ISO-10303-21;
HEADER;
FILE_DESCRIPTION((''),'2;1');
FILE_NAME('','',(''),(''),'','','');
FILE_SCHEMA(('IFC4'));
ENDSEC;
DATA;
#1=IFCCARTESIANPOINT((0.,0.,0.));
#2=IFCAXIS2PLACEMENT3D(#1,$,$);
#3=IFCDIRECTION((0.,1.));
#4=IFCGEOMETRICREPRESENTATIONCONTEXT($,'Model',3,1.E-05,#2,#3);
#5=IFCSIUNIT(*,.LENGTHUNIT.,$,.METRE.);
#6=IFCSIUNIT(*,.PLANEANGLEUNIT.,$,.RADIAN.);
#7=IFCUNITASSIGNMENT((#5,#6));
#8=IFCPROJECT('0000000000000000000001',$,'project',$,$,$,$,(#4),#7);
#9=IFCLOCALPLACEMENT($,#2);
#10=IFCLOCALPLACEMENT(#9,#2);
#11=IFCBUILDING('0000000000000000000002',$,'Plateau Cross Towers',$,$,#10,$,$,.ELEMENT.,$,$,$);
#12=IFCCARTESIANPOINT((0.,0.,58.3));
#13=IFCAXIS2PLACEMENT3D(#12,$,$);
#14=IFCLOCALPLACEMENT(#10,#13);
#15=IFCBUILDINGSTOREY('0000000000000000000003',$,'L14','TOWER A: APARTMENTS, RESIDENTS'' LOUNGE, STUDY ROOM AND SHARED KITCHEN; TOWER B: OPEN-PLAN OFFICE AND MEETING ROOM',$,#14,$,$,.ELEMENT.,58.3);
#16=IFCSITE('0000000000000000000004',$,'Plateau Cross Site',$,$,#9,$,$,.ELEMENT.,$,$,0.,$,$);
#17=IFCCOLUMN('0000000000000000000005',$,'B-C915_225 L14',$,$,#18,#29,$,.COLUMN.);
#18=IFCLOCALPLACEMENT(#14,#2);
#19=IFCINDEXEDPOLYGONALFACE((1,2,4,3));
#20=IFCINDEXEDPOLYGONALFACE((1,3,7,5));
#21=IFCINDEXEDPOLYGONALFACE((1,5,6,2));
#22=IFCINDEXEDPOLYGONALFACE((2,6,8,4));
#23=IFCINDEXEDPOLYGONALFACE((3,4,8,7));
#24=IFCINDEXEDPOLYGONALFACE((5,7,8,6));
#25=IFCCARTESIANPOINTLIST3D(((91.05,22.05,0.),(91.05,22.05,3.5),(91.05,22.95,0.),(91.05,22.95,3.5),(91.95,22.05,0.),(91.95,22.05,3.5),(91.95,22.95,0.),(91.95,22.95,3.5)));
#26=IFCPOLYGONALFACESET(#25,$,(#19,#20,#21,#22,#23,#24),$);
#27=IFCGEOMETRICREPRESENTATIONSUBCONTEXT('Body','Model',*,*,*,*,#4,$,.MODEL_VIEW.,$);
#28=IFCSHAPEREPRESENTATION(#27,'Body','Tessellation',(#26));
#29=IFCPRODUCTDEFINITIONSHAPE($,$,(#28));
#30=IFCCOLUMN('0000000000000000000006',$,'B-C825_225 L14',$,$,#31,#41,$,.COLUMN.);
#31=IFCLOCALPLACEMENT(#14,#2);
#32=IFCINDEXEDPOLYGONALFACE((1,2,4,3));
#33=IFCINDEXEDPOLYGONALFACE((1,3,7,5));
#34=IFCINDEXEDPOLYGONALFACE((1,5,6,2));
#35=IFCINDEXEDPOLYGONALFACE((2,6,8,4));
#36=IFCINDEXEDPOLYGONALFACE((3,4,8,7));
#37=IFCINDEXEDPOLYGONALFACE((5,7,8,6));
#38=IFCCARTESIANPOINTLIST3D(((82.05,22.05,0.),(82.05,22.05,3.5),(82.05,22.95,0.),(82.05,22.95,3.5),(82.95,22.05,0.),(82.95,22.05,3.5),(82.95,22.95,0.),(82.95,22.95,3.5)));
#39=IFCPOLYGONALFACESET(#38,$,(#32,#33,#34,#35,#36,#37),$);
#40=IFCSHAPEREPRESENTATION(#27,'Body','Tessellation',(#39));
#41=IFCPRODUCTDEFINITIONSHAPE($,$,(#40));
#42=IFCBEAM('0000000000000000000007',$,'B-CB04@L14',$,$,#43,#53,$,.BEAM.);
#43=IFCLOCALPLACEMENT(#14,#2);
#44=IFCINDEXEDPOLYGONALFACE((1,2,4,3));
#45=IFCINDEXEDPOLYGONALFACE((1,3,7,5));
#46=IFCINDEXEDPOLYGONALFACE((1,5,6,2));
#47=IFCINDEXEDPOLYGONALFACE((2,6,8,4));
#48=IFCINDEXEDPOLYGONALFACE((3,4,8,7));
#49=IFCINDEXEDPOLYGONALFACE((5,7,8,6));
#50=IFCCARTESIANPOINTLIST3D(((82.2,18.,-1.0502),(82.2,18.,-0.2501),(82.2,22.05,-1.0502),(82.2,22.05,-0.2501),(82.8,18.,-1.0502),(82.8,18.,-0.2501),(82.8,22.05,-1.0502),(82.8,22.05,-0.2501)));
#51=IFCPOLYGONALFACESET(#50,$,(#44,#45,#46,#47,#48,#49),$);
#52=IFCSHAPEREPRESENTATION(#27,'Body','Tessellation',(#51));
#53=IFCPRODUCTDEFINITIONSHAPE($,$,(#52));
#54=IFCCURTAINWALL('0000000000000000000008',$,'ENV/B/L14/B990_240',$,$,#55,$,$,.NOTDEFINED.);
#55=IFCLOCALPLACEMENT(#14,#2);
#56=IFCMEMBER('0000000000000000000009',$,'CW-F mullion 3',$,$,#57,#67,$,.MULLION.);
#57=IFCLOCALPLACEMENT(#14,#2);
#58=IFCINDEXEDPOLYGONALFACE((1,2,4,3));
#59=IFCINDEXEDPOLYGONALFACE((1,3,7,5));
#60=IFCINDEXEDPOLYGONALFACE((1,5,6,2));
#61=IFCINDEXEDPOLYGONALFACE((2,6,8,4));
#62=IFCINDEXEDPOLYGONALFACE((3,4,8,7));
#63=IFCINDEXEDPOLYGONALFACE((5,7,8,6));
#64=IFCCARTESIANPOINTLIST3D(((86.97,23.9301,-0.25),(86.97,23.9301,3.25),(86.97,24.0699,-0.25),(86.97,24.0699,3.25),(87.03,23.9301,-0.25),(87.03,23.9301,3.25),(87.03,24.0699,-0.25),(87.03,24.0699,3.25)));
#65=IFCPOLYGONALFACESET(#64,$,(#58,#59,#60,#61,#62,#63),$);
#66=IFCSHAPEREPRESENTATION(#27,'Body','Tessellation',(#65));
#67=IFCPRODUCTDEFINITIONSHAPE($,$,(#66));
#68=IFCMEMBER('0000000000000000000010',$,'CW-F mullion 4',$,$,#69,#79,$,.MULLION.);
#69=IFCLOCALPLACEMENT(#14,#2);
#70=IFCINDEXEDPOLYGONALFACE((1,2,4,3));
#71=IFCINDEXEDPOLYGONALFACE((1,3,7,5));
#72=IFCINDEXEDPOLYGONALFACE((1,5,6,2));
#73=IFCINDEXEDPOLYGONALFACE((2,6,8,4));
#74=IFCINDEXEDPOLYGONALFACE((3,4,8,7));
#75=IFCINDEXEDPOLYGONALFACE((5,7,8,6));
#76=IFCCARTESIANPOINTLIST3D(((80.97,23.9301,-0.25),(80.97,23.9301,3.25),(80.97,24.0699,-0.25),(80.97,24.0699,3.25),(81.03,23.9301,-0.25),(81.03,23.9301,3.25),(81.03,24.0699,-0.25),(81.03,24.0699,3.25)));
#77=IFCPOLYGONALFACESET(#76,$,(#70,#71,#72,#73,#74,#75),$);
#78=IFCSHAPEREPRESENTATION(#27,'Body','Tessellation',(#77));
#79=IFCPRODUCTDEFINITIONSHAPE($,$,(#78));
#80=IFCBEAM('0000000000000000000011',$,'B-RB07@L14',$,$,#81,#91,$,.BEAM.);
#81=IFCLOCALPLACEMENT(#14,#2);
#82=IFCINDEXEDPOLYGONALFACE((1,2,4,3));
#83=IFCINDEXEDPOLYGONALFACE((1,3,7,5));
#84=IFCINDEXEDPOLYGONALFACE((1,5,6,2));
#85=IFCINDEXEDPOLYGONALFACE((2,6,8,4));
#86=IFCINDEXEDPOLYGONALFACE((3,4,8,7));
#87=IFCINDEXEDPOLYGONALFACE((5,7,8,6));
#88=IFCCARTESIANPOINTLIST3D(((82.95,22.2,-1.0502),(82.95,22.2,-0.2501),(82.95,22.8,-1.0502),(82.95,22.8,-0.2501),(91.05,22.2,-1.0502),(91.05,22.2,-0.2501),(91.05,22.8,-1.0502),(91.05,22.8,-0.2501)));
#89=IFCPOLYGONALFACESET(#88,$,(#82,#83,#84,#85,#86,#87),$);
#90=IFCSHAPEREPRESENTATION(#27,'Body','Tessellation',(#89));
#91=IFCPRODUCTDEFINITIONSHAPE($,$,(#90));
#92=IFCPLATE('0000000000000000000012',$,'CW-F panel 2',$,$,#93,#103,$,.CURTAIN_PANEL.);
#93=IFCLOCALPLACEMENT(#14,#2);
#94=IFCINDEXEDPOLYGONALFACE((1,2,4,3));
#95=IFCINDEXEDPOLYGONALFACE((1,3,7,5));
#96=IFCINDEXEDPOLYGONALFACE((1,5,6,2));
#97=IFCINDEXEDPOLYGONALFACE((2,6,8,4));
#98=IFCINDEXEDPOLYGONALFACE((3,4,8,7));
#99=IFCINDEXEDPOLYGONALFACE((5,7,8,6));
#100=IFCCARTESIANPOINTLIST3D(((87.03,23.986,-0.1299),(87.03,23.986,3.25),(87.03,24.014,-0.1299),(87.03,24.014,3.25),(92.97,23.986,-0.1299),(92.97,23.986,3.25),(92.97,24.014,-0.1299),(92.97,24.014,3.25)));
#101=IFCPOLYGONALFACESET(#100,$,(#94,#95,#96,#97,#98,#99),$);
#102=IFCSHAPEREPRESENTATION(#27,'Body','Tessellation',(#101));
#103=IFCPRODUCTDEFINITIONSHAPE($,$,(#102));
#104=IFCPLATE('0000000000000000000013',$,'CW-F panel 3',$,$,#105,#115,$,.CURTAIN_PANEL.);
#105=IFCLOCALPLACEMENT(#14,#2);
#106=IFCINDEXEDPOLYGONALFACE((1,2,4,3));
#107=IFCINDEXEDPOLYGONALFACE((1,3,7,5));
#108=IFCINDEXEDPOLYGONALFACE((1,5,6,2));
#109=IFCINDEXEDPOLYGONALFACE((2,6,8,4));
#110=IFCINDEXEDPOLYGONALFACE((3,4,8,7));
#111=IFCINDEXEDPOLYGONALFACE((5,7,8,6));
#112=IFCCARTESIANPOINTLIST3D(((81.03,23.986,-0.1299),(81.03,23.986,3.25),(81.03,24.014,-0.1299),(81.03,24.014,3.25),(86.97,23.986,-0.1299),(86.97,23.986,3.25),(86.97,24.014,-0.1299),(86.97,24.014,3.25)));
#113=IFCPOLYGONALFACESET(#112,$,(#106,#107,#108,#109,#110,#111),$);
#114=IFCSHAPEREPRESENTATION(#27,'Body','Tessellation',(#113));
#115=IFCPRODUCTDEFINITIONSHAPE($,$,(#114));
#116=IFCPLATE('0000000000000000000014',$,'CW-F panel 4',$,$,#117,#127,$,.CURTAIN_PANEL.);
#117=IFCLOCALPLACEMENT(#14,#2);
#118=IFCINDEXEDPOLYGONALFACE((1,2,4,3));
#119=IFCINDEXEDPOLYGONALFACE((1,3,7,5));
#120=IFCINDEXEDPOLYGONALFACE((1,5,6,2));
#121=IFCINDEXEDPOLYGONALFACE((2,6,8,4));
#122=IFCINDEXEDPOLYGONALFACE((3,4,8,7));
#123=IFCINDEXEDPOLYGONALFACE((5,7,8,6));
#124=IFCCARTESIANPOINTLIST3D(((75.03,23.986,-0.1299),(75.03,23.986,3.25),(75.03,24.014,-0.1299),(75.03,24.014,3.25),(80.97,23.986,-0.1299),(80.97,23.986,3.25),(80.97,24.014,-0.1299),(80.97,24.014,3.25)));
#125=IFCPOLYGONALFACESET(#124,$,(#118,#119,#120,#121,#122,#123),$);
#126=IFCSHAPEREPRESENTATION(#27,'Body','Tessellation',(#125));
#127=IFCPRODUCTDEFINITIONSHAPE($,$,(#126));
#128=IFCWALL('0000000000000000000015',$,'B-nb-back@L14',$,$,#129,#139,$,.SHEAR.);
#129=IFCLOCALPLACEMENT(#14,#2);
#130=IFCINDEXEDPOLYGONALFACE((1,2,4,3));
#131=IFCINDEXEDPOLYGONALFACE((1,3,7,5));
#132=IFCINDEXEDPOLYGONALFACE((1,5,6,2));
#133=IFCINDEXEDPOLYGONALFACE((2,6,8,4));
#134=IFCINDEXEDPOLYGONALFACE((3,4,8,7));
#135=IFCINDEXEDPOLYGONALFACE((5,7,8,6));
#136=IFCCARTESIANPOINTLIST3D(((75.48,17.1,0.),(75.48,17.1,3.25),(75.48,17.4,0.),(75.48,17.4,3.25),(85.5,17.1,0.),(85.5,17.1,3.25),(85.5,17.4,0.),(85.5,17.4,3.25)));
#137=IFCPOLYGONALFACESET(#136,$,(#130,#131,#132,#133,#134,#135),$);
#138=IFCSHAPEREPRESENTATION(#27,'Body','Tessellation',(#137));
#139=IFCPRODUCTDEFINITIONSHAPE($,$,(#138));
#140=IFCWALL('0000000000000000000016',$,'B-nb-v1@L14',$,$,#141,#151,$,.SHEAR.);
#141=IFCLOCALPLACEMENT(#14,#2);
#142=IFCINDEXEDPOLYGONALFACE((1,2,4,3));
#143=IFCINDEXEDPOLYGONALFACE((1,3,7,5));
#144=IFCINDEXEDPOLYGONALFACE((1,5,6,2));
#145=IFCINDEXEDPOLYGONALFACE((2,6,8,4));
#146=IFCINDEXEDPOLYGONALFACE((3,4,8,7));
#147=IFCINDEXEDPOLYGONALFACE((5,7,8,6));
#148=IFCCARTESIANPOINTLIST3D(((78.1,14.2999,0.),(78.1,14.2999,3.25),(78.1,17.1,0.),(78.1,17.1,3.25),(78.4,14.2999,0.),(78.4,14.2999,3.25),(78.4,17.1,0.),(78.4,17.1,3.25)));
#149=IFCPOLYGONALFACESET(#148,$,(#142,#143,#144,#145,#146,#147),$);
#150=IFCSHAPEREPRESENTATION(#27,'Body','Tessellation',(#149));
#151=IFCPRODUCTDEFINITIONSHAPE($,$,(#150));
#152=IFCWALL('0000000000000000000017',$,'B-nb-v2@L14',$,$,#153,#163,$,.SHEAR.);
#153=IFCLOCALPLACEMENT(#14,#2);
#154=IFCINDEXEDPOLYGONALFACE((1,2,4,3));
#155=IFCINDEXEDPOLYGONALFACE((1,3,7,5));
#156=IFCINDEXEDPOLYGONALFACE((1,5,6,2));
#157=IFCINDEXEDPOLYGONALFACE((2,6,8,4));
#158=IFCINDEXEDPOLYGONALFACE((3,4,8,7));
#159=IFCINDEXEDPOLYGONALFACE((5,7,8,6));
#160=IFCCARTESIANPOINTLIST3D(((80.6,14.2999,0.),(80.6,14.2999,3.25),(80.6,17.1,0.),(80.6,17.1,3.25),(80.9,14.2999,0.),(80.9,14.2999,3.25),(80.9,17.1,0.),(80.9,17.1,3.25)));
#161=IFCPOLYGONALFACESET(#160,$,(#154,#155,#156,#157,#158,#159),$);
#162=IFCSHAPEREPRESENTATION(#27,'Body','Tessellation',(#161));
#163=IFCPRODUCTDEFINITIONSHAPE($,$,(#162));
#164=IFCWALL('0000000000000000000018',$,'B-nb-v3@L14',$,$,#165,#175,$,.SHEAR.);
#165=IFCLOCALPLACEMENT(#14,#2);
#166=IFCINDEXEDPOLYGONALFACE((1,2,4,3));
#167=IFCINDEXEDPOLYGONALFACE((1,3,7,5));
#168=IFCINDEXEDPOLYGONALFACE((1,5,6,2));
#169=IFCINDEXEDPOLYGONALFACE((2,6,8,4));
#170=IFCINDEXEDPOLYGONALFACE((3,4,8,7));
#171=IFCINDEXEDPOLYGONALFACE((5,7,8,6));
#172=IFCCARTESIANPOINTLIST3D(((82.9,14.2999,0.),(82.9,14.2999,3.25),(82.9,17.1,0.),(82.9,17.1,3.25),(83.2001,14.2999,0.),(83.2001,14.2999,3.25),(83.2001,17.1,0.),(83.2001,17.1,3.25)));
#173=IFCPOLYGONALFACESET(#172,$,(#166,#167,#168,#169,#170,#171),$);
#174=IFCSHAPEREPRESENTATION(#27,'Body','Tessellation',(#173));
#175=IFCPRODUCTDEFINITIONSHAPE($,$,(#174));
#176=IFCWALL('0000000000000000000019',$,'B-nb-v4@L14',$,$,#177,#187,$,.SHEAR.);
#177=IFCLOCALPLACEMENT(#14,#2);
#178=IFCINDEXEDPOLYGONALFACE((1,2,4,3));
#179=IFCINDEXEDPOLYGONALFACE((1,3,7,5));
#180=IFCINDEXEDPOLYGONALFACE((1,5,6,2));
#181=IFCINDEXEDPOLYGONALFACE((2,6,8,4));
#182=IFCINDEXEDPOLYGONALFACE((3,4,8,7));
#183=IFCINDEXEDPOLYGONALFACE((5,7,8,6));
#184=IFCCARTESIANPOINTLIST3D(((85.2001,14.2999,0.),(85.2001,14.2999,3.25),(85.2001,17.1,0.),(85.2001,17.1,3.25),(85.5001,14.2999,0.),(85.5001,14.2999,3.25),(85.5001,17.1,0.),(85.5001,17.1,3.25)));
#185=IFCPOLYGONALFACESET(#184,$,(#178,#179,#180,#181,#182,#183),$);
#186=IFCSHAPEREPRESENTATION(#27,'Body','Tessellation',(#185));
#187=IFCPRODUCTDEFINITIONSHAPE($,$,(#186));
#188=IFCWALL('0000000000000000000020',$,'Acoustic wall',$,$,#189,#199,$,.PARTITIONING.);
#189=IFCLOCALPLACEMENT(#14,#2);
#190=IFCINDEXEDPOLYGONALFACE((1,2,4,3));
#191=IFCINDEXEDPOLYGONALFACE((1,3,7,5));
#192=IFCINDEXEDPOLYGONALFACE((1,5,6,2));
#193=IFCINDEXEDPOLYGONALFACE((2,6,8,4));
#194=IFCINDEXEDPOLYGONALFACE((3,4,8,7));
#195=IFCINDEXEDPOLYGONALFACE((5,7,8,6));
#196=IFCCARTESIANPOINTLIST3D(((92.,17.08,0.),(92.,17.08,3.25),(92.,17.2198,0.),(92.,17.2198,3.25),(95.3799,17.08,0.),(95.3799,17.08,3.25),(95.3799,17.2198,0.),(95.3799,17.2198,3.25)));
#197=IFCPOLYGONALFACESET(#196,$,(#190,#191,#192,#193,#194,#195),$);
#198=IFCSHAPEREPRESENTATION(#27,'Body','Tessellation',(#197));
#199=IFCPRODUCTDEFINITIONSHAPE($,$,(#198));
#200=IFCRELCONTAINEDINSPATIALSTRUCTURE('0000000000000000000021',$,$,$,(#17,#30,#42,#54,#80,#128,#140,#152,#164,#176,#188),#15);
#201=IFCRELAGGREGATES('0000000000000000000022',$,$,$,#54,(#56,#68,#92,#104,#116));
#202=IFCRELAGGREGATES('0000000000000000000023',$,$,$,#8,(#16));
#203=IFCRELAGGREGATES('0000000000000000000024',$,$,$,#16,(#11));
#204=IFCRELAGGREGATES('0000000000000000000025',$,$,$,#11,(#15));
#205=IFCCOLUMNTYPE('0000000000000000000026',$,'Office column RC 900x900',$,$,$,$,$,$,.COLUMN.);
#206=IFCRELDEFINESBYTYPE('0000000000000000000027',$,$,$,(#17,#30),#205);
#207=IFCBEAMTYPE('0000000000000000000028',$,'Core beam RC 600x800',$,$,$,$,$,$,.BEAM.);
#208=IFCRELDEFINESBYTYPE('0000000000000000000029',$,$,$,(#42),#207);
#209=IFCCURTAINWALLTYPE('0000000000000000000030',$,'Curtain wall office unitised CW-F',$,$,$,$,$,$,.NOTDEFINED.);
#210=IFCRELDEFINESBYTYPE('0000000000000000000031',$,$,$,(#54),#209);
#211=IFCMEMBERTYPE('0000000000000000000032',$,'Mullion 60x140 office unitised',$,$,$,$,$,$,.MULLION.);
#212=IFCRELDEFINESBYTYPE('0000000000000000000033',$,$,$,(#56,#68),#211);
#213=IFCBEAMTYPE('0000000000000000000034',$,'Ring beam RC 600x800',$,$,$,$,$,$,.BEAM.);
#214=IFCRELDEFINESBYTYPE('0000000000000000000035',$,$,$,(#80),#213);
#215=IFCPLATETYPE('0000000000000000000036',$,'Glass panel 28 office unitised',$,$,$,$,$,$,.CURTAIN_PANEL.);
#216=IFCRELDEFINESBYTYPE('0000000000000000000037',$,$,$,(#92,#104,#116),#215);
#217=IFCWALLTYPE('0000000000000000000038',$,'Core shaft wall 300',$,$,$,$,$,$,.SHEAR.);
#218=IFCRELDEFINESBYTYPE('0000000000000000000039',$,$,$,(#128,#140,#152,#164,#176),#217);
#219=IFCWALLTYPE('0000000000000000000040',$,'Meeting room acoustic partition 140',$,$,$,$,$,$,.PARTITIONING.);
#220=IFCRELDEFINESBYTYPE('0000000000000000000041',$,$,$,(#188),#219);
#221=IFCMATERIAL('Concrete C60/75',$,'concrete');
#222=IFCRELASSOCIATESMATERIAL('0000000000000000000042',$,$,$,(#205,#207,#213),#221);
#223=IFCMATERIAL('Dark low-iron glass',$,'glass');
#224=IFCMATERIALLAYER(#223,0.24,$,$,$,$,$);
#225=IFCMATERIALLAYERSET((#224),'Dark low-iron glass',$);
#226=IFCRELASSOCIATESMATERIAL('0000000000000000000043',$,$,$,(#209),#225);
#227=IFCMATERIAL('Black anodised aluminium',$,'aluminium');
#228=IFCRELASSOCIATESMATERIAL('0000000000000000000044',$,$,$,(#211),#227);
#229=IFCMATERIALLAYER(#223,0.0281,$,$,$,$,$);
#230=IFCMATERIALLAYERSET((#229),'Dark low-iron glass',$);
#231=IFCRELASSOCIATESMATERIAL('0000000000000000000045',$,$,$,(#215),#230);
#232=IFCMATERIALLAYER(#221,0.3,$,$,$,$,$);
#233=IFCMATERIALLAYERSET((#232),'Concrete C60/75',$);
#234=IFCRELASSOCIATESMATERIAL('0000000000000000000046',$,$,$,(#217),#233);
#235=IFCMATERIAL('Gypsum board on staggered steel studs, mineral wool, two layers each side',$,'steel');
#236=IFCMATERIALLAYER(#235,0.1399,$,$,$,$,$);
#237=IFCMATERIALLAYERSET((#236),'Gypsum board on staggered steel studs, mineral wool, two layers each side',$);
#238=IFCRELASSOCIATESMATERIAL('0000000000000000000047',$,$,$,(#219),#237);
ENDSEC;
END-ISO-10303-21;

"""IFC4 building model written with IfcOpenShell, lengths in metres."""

from ifc_helpers import new_model, si_unit, direction, frame, frame_2d, origin, origin_2d, place, context, subcontext, project, spatial, rectangle, extrude, material, layer, layer_set, material_profile, profile_set, type_object, element, aggregate, save


model = new_model("IFC4")

# Units and contexts
model_context = context("Model", 3, precision=1e-05, world=origin(), true_north=direction((0.0, 1.0)))
body_context = subcontext(model_context, "Body", "Model", "MODEL_VIEW")
ifc_project = project(units=[si_unit("LENGTHUNIT", "METRE"), si_unit("PLANEANGLEUNIT", "RADIAN")], contexts=[model_context])

# Site, building, storey
site_placement = place(None, origin())
site = spatial("IfcSite", under=ifc_project, at=site_placement, Name="Plateau Cross Site", CompositionType="ELEMENT", RefElevation=0.0)
building_placement = place(site_placement, origin())
building = spatial("IfcBuilding", under=site, at=building_placement, Name="Plateau Cross Towers", CompositionType="ELEMENT")
storey_placement = place(building_placement, frame((0.0, 0.0, 58.3)))
storey = spatial("IfcBuildingStorey", under=building, at=storey_placement, Name="L14", Description="TOWER A: APARTMENTS, RESIDENTS' LOUNGE, STUDY ROOM AND SHARED KITCHEN; TOWER B: OPEN-PLAN OFFICE AND MEETING ROOM", CompositionType="ELEMENT", Elevation=58.3)

# Columns
ifc_material_1 = material(Name="Concrete C60/75", Category="concrete")
ifc_material_profile_1 = material_profile(ifc_material_1, rectangle(XDim=0.8999, YDim=0.8999, at=origin_2d()), Name="RC 900x900")
ifc_profile_set_1 = profile_set([ifc_material_profile_1], Name="Concrete C60/75")
column_type = type_object("IfcColumnType", Name="Office column RC 900x900", PredefinedType="COLUMN", material=ifc_profile_set_1)
for number, where, z_axis, x_axis, name in (
    (1, (91.5, 22.5, 0.0), (0.0, 0.0, 1.0), (1.0, 0.0, 0.0), "B-C915_225 L14"),
    (2, (82.5, 22.5, 0.0), (0.0, 0.0, 1.0), (1.0, 0.0, 0.0), "B-C825_225 L14"),
):
    element("IfcColumn", number, at=place(storey_placement, frame(where, z_axis=z_axis, x_axis=x_axis)), inside=storey, type_object=column_type, Name=name, PredefinedType="COLUMN", context=body_context, shape_type="SweptSolid", body=[
        extrude(rectangle(XDim=0.8999, YDim=0.8999, at=origin_2d()), origin(), (0.0, 0.0, 1.0), 3.5),
    ])

# Beam
ifc_material_profile_2 = material_profile(ifc_material_1, rectangle(XDim=0.6001, YDim=0.8, at=origin_2d()), Name="RC 600x800")
ifc_profile_set_2 = profile_set([ifc_material_profile_2], Name="Concrete C60/75")
beam_type_1 = type_object("IfcBeamType", Name="Core beam RC 600x800", PredefinedType="BEAM", material=ifc_profile_set_2)
beam_1_placement = place(storey_placement, frame((82.5, 18.0, -0.6501), z_axis=(0.0, 1.0, 0.0), x_axis=(-1.0, 0.0, 0.0)))
element("IfcBeam", 3, at=beam_1_placement, inside=storey, type_object=beam_type_1, Name="B-CB04@L14", PredefinedType="BEAM", context=body_context, shape_type="SweptSolid", body=[
    extrude(rectangle(XDim=0.6001, YDim=0.8, at=origin_2d()), origin(), (0.0, 0.0, 1.0), 4.05),
])

# Curtain wall, members
ifc_material_2 = material(Name="Dark low-iron glass", Category="glass")
ifc_layer_1 = layer(ifc_material_2, 0.24)
ifc_layer_set_1 = layer_set([ifc_layer_1], Name="Dark low-iron glass")
curtain_wall_type = type_object("IfcCurtainWallType", Name="Curtain wall office unitised CW-F", PredefinedType="NOTDEFINED", material=ifc_layer_set_1)
curtain_wall_placement = place(storey_placement, origin())
curtain_wall = element("IfcCurtainWall", 4, at=curtain_wall_placement, inside=storey, type_object=curtain_wall_type, Name="ENV/B/L14/B990_240", PredefinedType="NOTDEFINED")
ifc_material_3 = material(Name="Black anodised aluminium", Category="aluminium")
ifc_material_profile_3 = material_profile(ifc_material_3, rectangle(XDim=0.0601, YDim=0.1399, at=origin_2d()), Name="MULLION 60x140")
ifc_profile_set_3 = profile_set([ifc_material_profile_3], Name="Black anodised aluminium")
member_type = type_object("IfcMemberType", Name="Mullion 60x140 office unitised", PredefinedType="MULLION", material=ifc_profile_set_3)
member_1_placement = place(storey_placement, frame((87.0, 24.0, -0.25), z_axis=(0.0, 0.0, 1.0), x_axis=(-1.0, 0.0, 0.0)))
member_1 = element("IfcMember", 5, at=member_1_placement, type_object=member_type, Name="CW-F mullion 3", PredefinedType="MULLION", context=body_context, shape_type="SweptSolid", body=[
    extrude(rectangle(XDim=0.0601, YDim=0.1399, at=origin_2d()), origin(), (0.0, 0.0, 1.0), 3.5),
])
member_2_placement = place(storey_placement, frame((81.0, 24.0, -0.25), z_axis=(0.0, 0.0, 1.0), x_axis=(-1.0, 0.0, 0.0)))
member_2 = element("IfcMember", 6, at=member_2_placement, type_object=member_type, Name="CW-F mullion 4", PredefinedType="MULLION", context=body_context, shape_type="SweptSolid", body=[
    extrude(rectangle(XDim=0.0601, YDim=0.1399, at=origin_2d()), origin(), (0.0, 0.0, 1.0), 3.5),
])

# Beam
ifc_material_profile_4 = material_profile(ifc_material_1, rectangle(XDim=0.6001, YDim=0.8, at=origin_2d()), Name="RC 600x800")
ifc_profile_set_4 = profile_set([ifc_material_profile_4], Name="Concrete C60/75")
beam_type_2 = type_object("IfcBeamType", Name="Ring beam RC 600x800", PredefinedType="BEAM", material=ifc_profile_set_4)
beam_2_placement = place(storey_placement, frame((91.05, 22.5, -0.6501), z_axis=(-1.0, 0.0, 0.0), x_axis=(0.0, -1.0, 0.0)))
element("IfcBeam", 7, at=beam_2_placement, inside=storey, type_object=beam_type_2, Name="B-RB07@L14", PredefinedType="BEAM", context=body_context, shape_type="SweptSolid", body=[
    extrude(rectangle(XDim=0.6001, YDim=0.8, at=origin_2d()), origin(), (0.0, 0.0, 1.0), 8.1001),
])

# Plates
ifc_layer_2 = layer(ifc_material_2, 0.0281)
ifc_layer_set_2 = layer_set([ifc_layer_2], Name="Dark low-iron glass")
plate_type = type_object("IfcPlateType", Name="Glass panel 28 office unitised", PredefinedType="CURTAIN_PANEL", material=ifc_layer_set_2)
plate_1_placement = place(storey_placement, frame((90.0, 24.0, -0.1299), z_axis=(0.0, 0.0, 1.0), x_axis=(-1.0, 0.0, 0.0)))
plate_1 = element("IfcPlate", 8, at=plate_1_placement, type_object=plate_type, Name="CW-F panel 2", PredefinedType="CURTAIN_PANEL", context=body_context, shape_type="SweptSolid", body=[
    extrude(rectangle(XDim=5.9399, YDim=0.0281, at=origin_2d()), origin(), (0.0, 0.0, 1.0), 3.3799),
])
plate_2_placement = place(storey_placement, frame((84.0, 24.0, -0.1299), z_axis=(0.0, 0.0, 1.0), x_axis=(-1.0, 0.0, 0.0)))
plate_2 = element("IfcPlate", 9, at=plate_2_placement, type_object=plate_type, Name="CW-F panel 3", PredefinedType="CURTAIN_PANEL", context=body_context, shape_type="SweptSolid", body=[
    extrude(rectangle(XDim=5.9399, YDim=0.0281, at=origin_2d()), origin(), (0.0, 0.0, 1.0), 3.3799),
])
plate_3_placement = place(storey_placement, frame((78.0, 24.0, -0.1299), z_axis=(0.0, 0.0, 1.0), x_axis=(-1.0, 0.0, 0.0)))
plate_3 = element("IfcPlate", 10, at=plate_3_placement, type_object=plate_type, Name="CW-F panel 4", PredefinedType="CURTAIN_PANEL", context=body_context, shape_type="SweptSolid", body=[
    extrude(rectangle(XDim=5.9399, YDim=0.0281, at=origin_2d()), origin(), (0.0, 0.0, 1.0), 3.3799),
])
aggregate(curtain_wall, [member_1, member_2, plate_1, plate_2, plate_3])

# Walls
ifc_layer_3 = layer(ifc_material_1, 0.3)
ifc_layer_set_3 = layer_set([ifc_layer_3], Name="Concrete C60/75")
wall_type_1 = type_object("IfcWallType", Name="Core shaft wall 300", PredefinedType="SHEAR", material=ifc_layer_set_3)
wall_1_placement = place(storey_placement, frame((75.48, 17.25, 0.0), z_axis=(0.0, 0.0, 1.0), x_axis=(1.0, 0.0, 0.0)))
element("IfcWall", 11, at=wall_1_placement, inside=storey, type_object=wall_type_1, Name="B-nb-back@L14", PredefinedType="SHEAR", context=body_context, shape_type="SweptSolid", body=[
    extrude(rectangle(XDim=10.02, YDim=0.3, at=frame_2d((5.01, 0.0))), origin(), (0.0, 0.0, 1.0), 3.25),
])
for number, where, z_axis, x_axis, name in (
    (12, (78.25, 14.3, 0.0), (0.0, 0.0, 1.0), (0.0, 1.0, 0.0), "B-nb-v1@L14"),
    (13, (80.75, 14.3, 0.0), (0.0, 0.0, 1.0), (0.0, 1.0, 0.0), "B-nb-v2@L14"),
    (14, (83.05, 14.3, 0.0), (0.0, 0.0, 1.0), (0.0, 1.0, 0.0), "B-nb-v3@L14"),
    (15, (85.3501, 14.3, 0.0), (0.0, 0.0, 1.0), (0.0, 1.0, 0.0), "B-nb-v4@L14"),
):
    element("IfcWall", number, at=place(storey_placement, frame(where, z_axis=z_axis, x_axis=x_axis)), inside=storey, type_object=wall_type_1, Name=name, PredefinedType="SHEAR", context=body_context, shape_type="SweptSolid", body=[
        extrude(rectangle(XDim=2.8, YDim=0.3, at=frame_2d((1.3999, 0.0))), origin(), (0.0, 0.0, 1.0), 3.25),
    ])
ifc_material_4 = material(Name="Gypsum board on staggered steel studs, mineral wool, two layers each side", Category="steel")
ifc_layer_4 = layer(ifc_material_4, 0.1399)
ifc_layer_set_4 = layer_set([ifc_layer_4], Name="Gypsum board on staggered steel studs, mineral wool, two layers each side")
wall_type_2 = type_object("IfcWallType", Name="Meeting room acoustic partition 140", PredefinedType="PARTITIONING", material=ifc_layer_set_4)
wall_2_placement = place(storey_placement, frame((92.0, 17.1499, 0.0), z_axis=(0.0, 0.0, 1.0), x_axis=(1.0, 0.0, 0.0)))
element("IfcWall", 16, at=wall_2_placement, inside=storey, type_object=wall_type_2, Name="Acoustic wall", PredefinedType="PARTITIONING", context=body_context, shape_type="SweptSolid", body=[
    extrude(rectangle(XDim=3.3799, YDim=0.1399, at=frame_2d((1.6899, 0.0))), origin(), (0.0, 0.0, 1.0), 3.25),
])

save(model, "model.ifc")
